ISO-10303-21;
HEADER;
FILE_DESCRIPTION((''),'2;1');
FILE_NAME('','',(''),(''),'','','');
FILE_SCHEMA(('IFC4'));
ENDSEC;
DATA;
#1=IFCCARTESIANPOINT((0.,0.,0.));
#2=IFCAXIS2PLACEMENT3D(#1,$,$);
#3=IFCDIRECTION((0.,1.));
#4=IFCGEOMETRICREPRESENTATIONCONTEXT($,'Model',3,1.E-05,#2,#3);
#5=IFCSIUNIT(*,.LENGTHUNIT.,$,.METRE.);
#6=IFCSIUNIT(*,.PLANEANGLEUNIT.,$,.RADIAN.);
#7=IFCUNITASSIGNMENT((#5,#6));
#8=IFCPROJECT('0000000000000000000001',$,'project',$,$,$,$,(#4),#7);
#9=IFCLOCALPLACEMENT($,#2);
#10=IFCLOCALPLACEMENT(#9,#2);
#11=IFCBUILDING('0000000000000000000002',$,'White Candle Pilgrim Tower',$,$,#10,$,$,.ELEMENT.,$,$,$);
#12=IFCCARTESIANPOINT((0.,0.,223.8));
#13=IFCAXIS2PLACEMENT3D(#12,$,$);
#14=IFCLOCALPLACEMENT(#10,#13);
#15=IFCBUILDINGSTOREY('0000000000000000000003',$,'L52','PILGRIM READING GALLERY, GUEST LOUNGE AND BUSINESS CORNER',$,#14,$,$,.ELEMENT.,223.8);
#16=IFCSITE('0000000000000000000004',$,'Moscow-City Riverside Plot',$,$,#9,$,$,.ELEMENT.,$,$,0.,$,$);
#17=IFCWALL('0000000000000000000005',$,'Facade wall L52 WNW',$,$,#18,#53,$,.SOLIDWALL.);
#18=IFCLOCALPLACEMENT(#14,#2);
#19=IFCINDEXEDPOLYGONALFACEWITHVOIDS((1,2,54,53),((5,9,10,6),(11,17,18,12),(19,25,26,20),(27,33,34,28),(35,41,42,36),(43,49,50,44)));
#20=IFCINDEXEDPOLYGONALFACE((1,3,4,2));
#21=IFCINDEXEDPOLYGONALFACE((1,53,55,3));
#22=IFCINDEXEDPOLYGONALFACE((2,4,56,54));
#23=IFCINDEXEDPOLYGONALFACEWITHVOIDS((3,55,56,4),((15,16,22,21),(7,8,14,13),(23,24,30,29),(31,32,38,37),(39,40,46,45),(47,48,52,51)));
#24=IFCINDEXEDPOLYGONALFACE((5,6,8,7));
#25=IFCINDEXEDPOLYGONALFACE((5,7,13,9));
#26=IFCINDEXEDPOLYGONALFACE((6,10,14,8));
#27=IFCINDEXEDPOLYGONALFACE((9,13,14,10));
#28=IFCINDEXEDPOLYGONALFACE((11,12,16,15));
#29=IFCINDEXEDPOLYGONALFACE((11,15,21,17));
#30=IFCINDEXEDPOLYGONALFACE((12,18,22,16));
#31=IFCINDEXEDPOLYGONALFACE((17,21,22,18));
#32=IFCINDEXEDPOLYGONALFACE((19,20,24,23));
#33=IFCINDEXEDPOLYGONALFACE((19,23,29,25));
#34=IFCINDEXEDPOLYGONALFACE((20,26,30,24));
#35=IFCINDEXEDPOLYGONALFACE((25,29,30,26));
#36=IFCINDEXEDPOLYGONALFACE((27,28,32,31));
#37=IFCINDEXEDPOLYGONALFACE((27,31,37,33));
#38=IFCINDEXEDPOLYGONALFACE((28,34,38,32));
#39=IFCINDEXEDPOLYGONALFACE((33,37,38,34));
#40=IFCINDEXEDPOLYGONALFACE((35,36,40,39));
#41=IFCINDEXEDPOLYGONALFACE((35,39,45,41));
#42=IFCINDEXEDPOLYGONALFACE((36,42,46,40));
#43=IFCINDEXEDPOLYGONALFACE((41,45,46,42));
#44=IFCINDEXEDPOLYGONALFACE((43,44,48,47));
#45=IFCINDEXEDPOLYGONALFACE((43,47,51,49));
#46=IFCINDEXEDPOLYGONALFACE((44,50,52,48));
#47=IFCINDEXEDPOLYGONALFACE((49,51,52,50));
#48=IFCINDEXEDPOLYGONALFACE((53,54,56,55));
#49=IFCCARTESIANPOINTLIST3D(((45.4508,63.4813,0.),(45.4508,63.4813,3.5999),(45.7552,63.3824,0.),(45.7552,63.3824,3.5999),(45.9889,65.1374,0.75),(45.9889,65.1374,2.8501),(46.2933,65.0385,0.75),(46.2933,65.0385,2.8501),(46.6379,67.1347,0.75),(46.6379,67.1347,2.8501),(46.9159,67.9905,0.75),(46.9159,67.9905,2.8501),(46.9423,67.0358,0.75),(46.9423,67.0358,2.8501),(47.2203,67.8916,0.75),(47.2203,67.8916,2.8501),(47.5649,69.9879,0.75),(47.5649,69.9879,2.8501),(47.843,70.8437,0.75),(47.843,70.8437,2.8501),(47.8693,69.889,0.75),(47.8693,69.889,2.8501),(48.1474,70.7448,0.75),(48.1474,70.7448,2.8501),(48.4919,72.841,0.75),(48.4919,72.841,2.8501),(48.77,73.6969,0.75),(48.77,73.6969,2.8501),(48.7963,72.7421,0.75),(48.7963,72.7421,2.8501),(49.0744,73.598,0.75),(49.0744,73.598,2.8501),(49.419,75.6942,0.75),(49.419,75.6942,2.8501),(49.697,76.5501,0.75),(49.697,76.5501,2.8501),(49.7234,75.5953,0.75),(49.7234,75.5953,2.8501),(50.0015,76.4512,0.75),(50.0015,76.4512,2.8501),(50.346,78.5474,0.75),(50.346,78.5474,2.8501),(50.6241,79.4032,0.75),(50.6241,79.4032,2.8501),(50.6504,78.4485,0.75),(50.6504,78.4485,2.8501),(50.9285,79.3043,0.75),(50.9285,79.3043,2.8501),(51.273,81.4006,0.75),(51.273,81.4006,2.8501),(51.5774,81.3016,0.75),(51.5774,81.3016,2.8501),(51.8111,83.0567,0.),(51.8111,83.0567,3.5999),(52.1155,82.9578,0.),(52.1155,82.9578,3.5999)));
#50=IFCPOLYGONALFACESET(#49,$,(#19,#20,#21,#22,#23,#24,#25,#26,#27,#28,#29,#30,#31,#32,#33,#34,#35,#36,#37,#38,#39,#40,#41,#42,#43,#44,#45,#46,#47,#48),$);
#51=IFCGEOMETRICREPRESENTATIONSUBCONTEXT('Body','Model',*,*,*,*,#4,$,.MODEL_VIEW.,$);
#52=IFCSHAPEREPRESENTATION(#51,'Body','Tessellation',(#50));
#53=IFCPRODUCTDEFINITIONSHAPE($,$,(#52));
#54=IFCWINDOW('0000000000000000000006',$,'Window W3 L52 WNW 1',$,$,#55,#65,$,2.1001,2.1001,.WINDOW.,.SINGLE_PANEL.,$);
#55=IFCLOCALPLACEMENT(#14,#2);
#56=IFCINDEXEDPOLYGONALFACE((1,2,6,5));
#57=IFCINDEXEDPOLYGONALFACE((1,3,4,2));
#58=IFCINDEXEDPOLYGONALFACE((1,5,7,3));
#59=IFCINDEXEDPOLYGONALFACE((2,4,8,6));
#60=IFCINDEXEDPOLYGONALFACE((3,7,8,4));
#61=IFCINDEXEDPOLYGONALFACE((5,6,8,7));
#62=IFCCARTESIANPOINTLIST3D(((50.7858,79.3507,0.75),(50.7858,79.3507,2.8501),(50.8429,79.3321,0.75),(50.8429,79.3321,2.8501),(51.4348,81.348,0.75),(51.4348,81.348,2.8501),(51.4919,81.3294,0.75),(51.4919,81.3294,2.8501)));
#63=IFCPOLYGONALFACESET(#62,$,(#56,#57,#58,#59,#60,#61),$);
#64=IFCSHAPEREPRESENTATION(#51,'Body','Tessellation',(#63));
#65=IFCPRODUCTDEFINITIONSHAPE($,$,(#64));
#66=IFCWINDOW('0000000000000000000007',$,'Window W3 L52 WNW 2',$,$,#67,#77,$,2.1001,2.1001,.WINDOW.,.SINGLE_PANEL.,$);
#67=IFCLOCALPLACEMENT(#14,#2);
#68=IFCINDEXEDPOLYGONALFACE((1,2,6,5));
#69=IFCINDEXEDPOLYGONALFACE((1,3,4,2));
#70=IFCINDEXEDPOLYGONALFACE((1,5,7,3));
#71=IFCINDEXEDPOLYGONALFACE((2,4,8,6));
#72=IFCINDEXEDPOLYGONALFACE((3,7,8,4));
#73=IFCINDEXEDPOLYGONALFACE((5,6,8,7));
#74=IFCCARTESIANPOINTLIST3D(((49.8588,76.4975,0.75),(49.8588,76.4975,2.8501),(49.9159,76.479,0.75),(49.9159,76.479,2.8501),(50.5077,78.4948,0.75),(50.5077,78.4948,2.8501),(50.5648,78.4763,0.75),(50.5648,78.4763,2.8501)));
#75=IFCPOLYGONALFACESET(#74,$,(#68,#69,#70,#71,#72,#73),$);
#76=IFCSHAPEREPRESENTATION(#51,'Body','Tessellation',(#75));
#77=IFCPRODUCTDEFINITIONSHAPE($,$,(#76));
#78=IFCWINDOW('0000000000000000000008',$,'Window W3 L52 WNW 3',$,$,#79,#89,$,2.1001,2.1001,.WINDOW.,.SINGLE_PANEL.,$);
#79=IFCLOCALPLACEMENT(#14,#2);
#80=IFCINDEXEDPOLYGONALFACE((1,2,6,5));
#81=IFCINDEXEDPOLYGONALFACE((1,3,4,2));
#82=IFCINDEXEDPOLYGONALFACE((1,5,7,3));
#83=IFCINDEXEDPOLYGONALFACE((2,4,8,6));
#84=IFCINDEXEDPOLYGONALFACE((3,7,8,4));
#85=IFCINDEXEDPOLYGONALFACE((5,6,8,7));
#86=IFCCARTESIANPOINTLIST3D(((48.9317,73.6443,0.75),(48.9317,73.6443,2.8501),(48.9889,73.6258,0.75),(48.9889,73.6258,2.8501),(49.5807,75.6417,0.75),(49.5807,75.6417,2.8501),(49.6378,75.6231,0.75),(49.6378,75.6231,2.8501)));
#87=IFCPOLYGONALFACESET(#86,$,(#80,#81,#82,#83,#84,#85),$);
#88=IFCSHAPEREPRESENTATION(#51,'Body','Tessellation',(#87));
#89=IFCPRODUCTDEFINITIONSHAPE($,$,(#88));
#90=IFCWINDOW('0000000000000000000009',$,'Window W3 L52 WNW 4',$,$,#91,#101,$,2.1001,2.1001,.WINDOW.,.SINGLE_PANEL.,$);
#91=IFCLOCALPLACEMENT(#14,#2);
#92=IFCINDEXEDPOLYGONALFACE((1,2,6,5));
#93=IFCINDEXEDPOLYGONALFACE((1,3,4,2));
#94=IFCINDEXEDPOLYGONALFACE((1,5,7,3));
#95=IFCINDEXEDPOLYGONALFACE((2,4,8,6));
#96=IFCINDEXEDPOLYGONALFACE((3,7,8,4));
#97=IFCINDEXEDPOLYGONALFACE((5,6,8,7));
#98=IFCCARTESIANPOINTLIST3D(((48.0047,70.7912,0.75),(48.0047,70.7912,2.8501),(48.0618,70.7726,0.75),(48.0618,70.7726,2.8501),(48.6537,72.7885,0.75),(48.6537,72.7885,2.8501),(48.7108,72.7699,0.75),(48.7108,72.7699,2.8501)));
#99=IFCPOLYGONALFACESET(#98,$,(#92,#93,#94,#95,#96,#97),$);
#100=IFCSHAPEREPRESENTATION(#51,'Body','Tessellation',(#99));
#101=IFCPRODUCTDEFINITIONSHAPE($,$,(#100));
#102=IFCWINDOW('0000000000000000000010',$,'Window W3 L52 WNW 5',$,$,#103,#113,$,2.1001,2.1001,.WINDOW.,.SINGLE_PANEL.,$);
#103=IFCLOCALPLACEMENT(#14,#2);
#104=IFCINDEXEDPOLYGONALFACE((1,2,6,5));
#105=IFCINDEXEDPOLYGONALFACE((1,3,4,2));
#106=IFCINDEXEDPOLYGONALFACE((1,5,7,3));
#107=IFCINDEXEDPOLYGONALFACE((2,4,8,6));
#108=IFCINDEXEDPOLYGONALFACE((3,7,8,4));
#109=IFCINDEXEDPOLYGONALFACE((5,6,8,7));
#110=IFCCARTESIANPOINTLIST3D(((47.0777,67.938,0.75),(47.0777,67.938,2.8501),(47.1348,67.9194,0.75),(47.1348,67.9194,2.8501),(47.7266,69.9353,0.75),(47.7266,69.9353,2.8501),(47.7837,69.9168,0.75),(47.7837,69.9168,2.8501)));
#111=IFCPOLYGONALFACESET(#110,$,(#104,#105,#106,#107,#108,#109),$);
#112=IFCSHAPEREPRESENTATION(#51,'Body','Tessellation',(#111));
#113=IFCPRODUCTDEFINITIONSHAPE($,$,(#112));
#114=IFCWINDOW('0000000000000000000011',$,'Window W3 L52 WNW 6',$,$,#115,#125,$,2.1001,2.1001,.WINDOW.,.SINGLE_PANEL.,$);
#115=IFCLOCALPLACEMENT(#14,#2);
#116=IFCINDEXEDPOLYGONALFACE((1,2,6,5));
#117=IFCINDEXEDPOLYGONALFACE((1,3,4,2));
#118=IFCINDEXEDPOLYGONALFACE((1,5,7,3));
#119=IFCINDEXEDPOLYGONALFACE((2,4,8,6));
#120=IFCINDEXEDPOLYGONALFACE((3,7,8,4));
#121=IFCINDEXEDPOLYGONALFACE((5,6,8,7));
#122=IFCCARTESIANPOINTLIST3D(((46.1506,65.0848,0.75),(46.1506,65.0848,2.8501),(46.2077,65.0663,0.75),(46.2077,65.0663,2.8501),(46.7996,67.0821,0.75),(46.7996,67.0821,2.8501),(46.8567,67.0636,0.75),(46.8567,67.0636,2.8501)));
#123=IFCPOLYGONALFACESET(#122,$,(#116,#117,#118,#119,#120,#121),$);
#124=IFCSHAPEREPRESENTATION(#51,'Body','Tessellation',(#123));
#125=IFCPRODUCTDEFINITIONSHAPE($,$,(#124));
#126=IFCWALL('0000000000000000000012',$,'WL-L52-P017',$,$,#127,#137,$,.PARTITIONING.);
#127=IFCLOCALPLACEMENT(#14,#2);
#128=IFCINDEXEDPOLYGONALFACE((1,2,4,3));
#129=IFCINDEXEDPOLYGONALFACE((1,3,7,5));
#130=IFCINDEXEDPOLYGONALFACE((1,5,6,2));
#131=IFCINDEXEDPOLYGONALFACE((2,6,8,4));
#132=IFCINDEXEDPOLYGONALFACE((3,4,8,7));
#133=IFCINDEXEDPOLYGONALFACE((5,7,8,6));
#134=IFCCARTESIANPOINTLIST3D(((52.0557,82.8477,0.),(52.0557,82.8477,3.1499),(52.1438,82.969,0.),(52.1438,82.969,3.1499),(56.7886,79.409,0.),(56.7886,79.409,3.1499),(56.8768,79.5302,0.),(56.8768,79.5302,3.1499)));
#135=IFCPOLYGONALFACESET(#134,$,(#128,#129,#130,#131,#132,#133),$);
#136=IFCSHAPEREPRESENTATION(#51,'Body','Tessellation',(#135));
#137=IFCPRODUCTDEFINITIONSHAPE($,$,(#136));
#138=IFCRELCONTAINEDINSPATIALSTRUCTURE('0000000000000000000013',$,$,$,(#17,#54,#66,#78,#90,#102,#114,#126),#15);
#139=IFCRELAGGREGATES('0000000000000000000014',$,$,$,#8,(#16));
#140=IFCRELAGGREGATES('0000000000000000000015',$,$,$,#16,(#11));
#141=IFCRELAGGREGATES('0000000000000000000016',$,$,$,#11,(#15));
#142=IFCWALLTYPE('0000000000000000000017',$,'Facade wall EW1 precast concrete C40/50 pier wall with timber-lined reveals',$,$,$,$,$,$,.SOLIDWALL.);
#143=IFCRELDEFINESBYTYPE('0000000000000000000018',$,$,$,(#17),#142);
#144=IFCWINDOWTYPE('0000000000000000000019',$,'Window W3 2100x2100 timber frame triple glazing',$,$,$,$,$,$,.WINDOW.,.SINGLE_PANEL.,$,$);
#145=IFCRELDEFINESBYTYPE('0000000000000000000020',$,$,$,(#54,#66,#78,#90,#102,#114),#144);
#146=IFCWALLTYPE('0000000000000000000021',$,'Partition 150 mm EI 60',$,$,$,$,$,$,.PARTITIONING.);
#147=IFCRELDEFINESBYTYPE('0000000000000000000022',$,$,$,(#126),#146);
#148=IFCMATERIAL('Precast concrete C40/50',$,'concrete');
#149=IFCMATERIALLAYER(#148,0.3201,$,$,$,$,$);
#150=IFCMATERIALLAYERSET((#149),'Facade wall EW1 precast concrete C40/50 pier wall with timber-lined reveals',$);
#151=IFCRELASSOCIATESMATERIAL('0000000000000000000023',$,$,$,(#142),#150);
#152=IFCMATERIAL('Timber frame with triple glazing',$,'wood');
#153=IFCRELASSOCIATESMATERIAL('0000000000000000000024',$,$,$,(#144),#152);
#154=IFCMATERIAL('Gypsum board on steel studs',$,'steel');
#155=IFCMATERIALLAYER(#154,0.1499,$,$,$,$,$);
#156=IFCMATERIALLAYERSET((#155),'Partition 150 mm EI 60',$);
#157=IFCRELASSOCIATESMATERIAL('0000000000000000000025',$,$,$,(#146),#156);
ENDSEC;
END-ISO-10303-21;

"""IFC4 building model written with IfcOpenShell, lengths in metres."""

from ifc_helpers import new_model, si_unit, direction, frame, frame_2d, origin, place, context, subcontext, project, spatial, rectangle, extrude, material, layer, layer_set, type_object, element, fill, save


model = new_model("IFC4")

# Units and contexts
model_context = context("Model", 3, precision=1e-05, world=origin(), true_north=direction((0.0, 1.0)))
body_context = subcontext(model_context, "Body", "Model", "MODEL_VIEW")
ifc_project = project(units=[si_unit("LENGTHUNIT", "METRE"), si_unit("PLANEANGLEUNIT", "RADIAN")], contexts=[model_context])

# Site, building, storey
site_placement = place(None, origin())
site = spatial("IfcSite", under=ifc_project, at=site_placement, Name="Moscow-City Riverside Plot", CompositionType="ELEMENT", RefElevation=0.0)
building_placement = place(site_placement, origin())
building = spatial("IfcBuilding", under=site, at=building_placement, Name="White Candle Pilgrim Tower", CompositionType="ELEMENT")
storey_placement = place(building_placement, frame((0.0, 0.0, 223.8)))
storey = spatial("IfcBuildingStorey", under=building, at=storey_placement, Name="L52", Description="PILGRIM READING GALLERY, GUEST LOUNGE AND BUSINESS CORNER", CompositionType="ELEMENT", Elevation=223.8)

# Shared definitions
ifc_material_1 = material(Name="Precast concrete C40/50", Category="concrete")
ifc_layer_1 = layer(ifc_material_1, 0.3201)
ifc_layer_set_1 = layer_set([ifc_layer_1], Name="Facade wall EW1 precast concrete C40/50 pier wall with timber-lined reveals")
wall_type_1 = type_object("IfcWallType", Name="Facade wall EW1 precast concrete C40/50 pier wall with timber-lined reveals", PredefinedType="SOLIDWALL", material=ifc_layer_set_1)

# Wall, openings, windows
ifc_material_2 = material(Name="Timber frame with triple glazing", Category="wood")
wall_1_placement = place(storey_placement, frame((51.9634, 83.0073, 0.0), z_axis=(0.0, 0.0, 1.0), x_axis=(-0.309013, -0.951058, 0.0)))
wall_1 = element("IfcWall", 1, at=wall_1_placement, inside=storey, type_object=wall_type_1, Name="Facade wall L52 WNW", PredefinedType="SOLIDWALL", context=body_context, shape_type="SweptSolid", body=[
    extrude(rectangle(XDim=20.5828, YDim=0.3201, at=frame_2d((10.2915, 0.0))), origin(), (0.0, 0.0, 1.0), 3.5999),
])
opening_1_placement = place(wall_1_placement, frame((1.7415, 0.0, 0.75)))
opening_1 = element("IfcOpeningElement", 2, at=opening_1_placement, cuts=wall_1, PredefinedType="OPENING", context=body_context, shape_type="SweptSolid", body=[
    extrude(rectangle(XDim=2.1001, YDim=2.1001, at=frame_2d((1.05, 1.05))), frame((0.0, 0.1699, 0.0), z_axis=(0.0, -1.0, 0.0), x_axis=(1.0, 0.0, 0.0)), (0.0, 0.0, 1.0), 0.3401),
])
opening_2_placement = place(wall_1_placement, frame((4.7415, 0.0, 0.75)))
opening_2 = element("IfcOpeningElement", 3, at=opening_2_placement, cuts=wall_1, PredefinedType="OPENING", context=body_context, shape_type="SweptSolid", body=[
    extrude(rectangle(XDim=2.1001, YDim=2.1001, at=frame_2d((1.05, 1.05))), frame((0.0, 0.1699, 0.0), z_axis=(0.0, -1.0, 0.0), x_axis=(1.0, 0.0, 0.0)), (0.0, 0.0, 1.0), 0.3401),
])
opening_3_placement = place(wall_1_placement, frame((7.7415, 0.0, 0.75)))
opening_3 = element("IfcOpeningElement", 4, at=opening_3_placement, cuts=wall_1, PredefinedType="OPENING", context=body_context, shape_type="SweptSolid", body=[
    extrude(rectangle(XDim=2.1001, YDim=2.1001, at=frame_2d((1.05, 1.05))), frame((0.0, 0.1699, 0.0), z_axis=(0.0, -1.0, 0.0), x_axis=(1.0, 0.0, 0.0)), (0.0, 0.0, 1.0), 0.3401),
])
opening_4_placement = place(wall_1_placement, frame((10.7415, 0.0, 0.75)))
opening_4 = element("IfcOpeningElement", 5, at=opening_4_placement, cuts=wall_1, PredefinedType="OPENING", context=body_context, shape_type="SweptSolid", body=[
    extrude(rectangle(XDim=2.1001, YDim=2.1001, at=frame_2d((1.05, 1.05))), frame((0.0, 0.1699, 0.0), z_axis=(0.0, -1.0, 0.0), x_axis=(1.0, 0.0, 0.0)), (0.0, 0.0, 1.0), 0.3401),
])
opening_5_placement = place(wall_1_placement, frame((13.7415, 0.0, 0.75)))
opening_5 = element("IfcOpeningElement", 6, at=opening_5_placement, cuts=wall_1, PredefinedType="OPENING", context=body_context, shape_type="SweptSolid", body=[
    extrude(rectangle(XDim=2.1001, YDim=2.1001, at=frame_2d((1.05, 1.05))), frame((0.0, 0.1699, 0.0), z_axis=(0.0, -1.0, 0.0), x_axis=(1.0, 0.0, 0.0)), (0.0, 0.0, 1.0), 0.3401),
])
opening_6_placement = place(wall_1_placement, frame((16.7415, 0.0, 0.75)))
opening_6 = element("IfcOpeningElement", 7, at=opening_6_placement, cuts=wall_1, PredefinedType="OPENING", context=body_context, shape_type="SweptSolid", body=[
    extrude(rectangle(XDim=2.1001, YDim=2.1001, at=frame_2d((1.05, 1.05))), frame((0.0, 0.1699, 0.0), z_axis=(0.0, -1.0, 0.0), x_axis=(1.0, 0.0, 0.0)), (0.0, 0.0, 1.0), 0.3401),
])
window_type_1 = type_object("IfcWindowType", Name="Window W3 2100x2100 timber frame triple glazing", PartitioningType="SINGLE_PANEL", PredefinedType="WINDOW", material=ifc_material_2)
window_1_placement = place(opening_1_placement, origin())
window_1 = element("IfcWindow", 8, at=window_1_placement, inside=storey, type_object=window_type_1, Name="Window W3 L52 WNW 1", OverallHeight=2.1001, OverallWidth=2.1001, PartitioningType="SINGLE_PANEL", PredefinedType="WINDOW", context=body_context, shape_type="SweptSolid", body=[
    extrude(rectangle(XDim=2.1001, YDim=2.1001, at=frame_2d((1.05, 1.05))), frame((0.0, 0.0701, 0.0), z_axis=(0.0, -1.0, 0.0), x_axis=(1.0, 0.0, 0.0)), (0.0, 0.0, 1.0), 0.0601),
])
fill(opening_1, window_1)
window_2_placement = place(opening_2_placement, origin())
window_2 = element("IfcWindow", 9, at=window_2_placement, inside=storey, type_object=window_type_1, Name="Window W3 L52 WNW 2", OverallHeight=2.1001, OverallWidth=2.1001, PartitioningType="SINGLE_PANEL", PredefinedType="WINDOW", context=body_context, shape_type="SweptSolid", body=[
    extrude(rectangle(XDim=2.1001, YDim=2.1001, at=frame_2d((1.05, 1.05))), frame((0.0, 0.0701, 0.0), z_axis=(0.0, -1.0, 0.0), x_axis=(1.0, 0.0, 0.0)), (0.0, 0.0, 1.0), 0.0601),
])
fill(opening_2, window_2)
window_3_placement = place(opening_3_placement, origin())
window_3 = element("IfcWindow", 10, at=window_3_placement, inside=storey, type_object=window_type_1, Name="Window W3 L52 WNW 3", OverallHeight=2.1001, OverallWidth=2.1001, PartitioningType="SINGLE_PANEL", PredefinedType="WINDOW", context=body_context, shape_type="SweptSolid", body=[
    extrude(rectangle(XDim=2.1001, YDim=2.1001, at=frame_2d((1.05, 1.05))), frame((0.0, 0.0701, 0.0), z_axis=(0.0, -1.0, 0.0), x_axis=(1.0, 0.0, 0.0)), (0.0, 0.0, 1.0), 0.0601),
])
fill(opening_3, window_3)
window_4_placement = place(opening_4_placement, origin())
window_4 = element("IfcWindow", 11, at=window_4_placement, inside=storey, type_object=window_type_1, Name="Window W3 L52 WNW 4", OverallHeight=2.1001, OverallWidth=2.1001, PartitioningType="SINGLE_PANEL", PredefinedType="WINDOW", context=body_context, shape_type="SweptSolid", body=[
    extrude(rectangle(XDim=2.1001, YDim=2.1001, at=frame_2d((1.05, 1.05))), frame((0.0, 0.0701, 0.0), z_axis=(0.0, -1.0, 0.0), x_axis=(1.0, 0.0, 0.0)), (0.0, 0.0, 1.0), 0.0601),
])
fill(opening_4, window_4)
window_5_placement = place(opening_5_placement, origin())
window_5 = element("IfcWindow", 12, at=window_5_placement, inside=storey, type_object=window_type_1, Name="Window W3 L52 WNW 5", OverallHeight=2.1001, OverallWidth=2.1001, PartitioningType="SINGLE_PANEL", PredefinedType="WINDOW", context=body_context, shape_type="SweptSolid", body=[
    extrude(rectangle(XDim=2.1001, YDim=2.1001, at=frame_2d((1.05, 1.05))), frame((0.0, 0.0701, 0.0), z_axis=(0.0, -1.0, 0.0), x_axis=(1.0, 0.0, 0.0)), (0.0, 0.0, 1.0), 0.0601),
])
fill(opening_5, window_5)
window_6_placement = place(opening_6_placement, origin())
window_6 = element("IfcWindow", 13, at=window_6_placement, inside=storey, type_object=window_type_1, Name="Window W3 L52 WNW 6", OverallHeight=2.1001, OverallWidth=2.1001, PartitioningType="SINGLE_PANEL", PredefinedType="WINDOW", context=body_context, shape_type="SweptSolid", body=[
    extrude(rectangle(XDim=2.1001, YDim=2.1001, at=frame_2d((1.05, 1.05))), frame((0.0, 0.0701, 0.0), z_axis=(0.0, -1.0, 0.0), x_axis=(1.0, 0.0, 0.0)), (0.0, 0.0, 1.0), 0.0601),
])
fill(opening_6, window_6)

# Wall
ifc_material_3 = material(Name="Gypsum board on steel studs", Category="steel")
ifc_layer_2 = layer(ifc_material_3, 0.1499)
ifc_layer_set_2 = layer_set([ifc_layer_2], Name="Partition 150 mm EI 60")
wall_type_2 = type_object("IfcWallType", Name="Partition 150 mm EI 60", PredefinedType="PARTITIONING", material=ifc_layer_set_2)
wall_2_placement = place(storey_placement, frame((52.0996, 82.9084, 0.0), z_axis=(0.0, 0.0, 1.0), x_axis=(0.809012, -0.587792, 0.0)))
element("IfcWall", 14, at=wall_2_placement, inside=storey, type_object=wall_type_2, Name="WL-L52-P017", PredefinedType="PARTITIONING", context=body_context, shape_type="SweptSolid", body=[
    extrude(rectangle(XDim=5.8503, YDim=0.1499, at=frame_2d((2.9253, 0.0))), origin(), (0.0, 0.0, 1.0), 3.1499),
])

save(model, "model.ifc")
